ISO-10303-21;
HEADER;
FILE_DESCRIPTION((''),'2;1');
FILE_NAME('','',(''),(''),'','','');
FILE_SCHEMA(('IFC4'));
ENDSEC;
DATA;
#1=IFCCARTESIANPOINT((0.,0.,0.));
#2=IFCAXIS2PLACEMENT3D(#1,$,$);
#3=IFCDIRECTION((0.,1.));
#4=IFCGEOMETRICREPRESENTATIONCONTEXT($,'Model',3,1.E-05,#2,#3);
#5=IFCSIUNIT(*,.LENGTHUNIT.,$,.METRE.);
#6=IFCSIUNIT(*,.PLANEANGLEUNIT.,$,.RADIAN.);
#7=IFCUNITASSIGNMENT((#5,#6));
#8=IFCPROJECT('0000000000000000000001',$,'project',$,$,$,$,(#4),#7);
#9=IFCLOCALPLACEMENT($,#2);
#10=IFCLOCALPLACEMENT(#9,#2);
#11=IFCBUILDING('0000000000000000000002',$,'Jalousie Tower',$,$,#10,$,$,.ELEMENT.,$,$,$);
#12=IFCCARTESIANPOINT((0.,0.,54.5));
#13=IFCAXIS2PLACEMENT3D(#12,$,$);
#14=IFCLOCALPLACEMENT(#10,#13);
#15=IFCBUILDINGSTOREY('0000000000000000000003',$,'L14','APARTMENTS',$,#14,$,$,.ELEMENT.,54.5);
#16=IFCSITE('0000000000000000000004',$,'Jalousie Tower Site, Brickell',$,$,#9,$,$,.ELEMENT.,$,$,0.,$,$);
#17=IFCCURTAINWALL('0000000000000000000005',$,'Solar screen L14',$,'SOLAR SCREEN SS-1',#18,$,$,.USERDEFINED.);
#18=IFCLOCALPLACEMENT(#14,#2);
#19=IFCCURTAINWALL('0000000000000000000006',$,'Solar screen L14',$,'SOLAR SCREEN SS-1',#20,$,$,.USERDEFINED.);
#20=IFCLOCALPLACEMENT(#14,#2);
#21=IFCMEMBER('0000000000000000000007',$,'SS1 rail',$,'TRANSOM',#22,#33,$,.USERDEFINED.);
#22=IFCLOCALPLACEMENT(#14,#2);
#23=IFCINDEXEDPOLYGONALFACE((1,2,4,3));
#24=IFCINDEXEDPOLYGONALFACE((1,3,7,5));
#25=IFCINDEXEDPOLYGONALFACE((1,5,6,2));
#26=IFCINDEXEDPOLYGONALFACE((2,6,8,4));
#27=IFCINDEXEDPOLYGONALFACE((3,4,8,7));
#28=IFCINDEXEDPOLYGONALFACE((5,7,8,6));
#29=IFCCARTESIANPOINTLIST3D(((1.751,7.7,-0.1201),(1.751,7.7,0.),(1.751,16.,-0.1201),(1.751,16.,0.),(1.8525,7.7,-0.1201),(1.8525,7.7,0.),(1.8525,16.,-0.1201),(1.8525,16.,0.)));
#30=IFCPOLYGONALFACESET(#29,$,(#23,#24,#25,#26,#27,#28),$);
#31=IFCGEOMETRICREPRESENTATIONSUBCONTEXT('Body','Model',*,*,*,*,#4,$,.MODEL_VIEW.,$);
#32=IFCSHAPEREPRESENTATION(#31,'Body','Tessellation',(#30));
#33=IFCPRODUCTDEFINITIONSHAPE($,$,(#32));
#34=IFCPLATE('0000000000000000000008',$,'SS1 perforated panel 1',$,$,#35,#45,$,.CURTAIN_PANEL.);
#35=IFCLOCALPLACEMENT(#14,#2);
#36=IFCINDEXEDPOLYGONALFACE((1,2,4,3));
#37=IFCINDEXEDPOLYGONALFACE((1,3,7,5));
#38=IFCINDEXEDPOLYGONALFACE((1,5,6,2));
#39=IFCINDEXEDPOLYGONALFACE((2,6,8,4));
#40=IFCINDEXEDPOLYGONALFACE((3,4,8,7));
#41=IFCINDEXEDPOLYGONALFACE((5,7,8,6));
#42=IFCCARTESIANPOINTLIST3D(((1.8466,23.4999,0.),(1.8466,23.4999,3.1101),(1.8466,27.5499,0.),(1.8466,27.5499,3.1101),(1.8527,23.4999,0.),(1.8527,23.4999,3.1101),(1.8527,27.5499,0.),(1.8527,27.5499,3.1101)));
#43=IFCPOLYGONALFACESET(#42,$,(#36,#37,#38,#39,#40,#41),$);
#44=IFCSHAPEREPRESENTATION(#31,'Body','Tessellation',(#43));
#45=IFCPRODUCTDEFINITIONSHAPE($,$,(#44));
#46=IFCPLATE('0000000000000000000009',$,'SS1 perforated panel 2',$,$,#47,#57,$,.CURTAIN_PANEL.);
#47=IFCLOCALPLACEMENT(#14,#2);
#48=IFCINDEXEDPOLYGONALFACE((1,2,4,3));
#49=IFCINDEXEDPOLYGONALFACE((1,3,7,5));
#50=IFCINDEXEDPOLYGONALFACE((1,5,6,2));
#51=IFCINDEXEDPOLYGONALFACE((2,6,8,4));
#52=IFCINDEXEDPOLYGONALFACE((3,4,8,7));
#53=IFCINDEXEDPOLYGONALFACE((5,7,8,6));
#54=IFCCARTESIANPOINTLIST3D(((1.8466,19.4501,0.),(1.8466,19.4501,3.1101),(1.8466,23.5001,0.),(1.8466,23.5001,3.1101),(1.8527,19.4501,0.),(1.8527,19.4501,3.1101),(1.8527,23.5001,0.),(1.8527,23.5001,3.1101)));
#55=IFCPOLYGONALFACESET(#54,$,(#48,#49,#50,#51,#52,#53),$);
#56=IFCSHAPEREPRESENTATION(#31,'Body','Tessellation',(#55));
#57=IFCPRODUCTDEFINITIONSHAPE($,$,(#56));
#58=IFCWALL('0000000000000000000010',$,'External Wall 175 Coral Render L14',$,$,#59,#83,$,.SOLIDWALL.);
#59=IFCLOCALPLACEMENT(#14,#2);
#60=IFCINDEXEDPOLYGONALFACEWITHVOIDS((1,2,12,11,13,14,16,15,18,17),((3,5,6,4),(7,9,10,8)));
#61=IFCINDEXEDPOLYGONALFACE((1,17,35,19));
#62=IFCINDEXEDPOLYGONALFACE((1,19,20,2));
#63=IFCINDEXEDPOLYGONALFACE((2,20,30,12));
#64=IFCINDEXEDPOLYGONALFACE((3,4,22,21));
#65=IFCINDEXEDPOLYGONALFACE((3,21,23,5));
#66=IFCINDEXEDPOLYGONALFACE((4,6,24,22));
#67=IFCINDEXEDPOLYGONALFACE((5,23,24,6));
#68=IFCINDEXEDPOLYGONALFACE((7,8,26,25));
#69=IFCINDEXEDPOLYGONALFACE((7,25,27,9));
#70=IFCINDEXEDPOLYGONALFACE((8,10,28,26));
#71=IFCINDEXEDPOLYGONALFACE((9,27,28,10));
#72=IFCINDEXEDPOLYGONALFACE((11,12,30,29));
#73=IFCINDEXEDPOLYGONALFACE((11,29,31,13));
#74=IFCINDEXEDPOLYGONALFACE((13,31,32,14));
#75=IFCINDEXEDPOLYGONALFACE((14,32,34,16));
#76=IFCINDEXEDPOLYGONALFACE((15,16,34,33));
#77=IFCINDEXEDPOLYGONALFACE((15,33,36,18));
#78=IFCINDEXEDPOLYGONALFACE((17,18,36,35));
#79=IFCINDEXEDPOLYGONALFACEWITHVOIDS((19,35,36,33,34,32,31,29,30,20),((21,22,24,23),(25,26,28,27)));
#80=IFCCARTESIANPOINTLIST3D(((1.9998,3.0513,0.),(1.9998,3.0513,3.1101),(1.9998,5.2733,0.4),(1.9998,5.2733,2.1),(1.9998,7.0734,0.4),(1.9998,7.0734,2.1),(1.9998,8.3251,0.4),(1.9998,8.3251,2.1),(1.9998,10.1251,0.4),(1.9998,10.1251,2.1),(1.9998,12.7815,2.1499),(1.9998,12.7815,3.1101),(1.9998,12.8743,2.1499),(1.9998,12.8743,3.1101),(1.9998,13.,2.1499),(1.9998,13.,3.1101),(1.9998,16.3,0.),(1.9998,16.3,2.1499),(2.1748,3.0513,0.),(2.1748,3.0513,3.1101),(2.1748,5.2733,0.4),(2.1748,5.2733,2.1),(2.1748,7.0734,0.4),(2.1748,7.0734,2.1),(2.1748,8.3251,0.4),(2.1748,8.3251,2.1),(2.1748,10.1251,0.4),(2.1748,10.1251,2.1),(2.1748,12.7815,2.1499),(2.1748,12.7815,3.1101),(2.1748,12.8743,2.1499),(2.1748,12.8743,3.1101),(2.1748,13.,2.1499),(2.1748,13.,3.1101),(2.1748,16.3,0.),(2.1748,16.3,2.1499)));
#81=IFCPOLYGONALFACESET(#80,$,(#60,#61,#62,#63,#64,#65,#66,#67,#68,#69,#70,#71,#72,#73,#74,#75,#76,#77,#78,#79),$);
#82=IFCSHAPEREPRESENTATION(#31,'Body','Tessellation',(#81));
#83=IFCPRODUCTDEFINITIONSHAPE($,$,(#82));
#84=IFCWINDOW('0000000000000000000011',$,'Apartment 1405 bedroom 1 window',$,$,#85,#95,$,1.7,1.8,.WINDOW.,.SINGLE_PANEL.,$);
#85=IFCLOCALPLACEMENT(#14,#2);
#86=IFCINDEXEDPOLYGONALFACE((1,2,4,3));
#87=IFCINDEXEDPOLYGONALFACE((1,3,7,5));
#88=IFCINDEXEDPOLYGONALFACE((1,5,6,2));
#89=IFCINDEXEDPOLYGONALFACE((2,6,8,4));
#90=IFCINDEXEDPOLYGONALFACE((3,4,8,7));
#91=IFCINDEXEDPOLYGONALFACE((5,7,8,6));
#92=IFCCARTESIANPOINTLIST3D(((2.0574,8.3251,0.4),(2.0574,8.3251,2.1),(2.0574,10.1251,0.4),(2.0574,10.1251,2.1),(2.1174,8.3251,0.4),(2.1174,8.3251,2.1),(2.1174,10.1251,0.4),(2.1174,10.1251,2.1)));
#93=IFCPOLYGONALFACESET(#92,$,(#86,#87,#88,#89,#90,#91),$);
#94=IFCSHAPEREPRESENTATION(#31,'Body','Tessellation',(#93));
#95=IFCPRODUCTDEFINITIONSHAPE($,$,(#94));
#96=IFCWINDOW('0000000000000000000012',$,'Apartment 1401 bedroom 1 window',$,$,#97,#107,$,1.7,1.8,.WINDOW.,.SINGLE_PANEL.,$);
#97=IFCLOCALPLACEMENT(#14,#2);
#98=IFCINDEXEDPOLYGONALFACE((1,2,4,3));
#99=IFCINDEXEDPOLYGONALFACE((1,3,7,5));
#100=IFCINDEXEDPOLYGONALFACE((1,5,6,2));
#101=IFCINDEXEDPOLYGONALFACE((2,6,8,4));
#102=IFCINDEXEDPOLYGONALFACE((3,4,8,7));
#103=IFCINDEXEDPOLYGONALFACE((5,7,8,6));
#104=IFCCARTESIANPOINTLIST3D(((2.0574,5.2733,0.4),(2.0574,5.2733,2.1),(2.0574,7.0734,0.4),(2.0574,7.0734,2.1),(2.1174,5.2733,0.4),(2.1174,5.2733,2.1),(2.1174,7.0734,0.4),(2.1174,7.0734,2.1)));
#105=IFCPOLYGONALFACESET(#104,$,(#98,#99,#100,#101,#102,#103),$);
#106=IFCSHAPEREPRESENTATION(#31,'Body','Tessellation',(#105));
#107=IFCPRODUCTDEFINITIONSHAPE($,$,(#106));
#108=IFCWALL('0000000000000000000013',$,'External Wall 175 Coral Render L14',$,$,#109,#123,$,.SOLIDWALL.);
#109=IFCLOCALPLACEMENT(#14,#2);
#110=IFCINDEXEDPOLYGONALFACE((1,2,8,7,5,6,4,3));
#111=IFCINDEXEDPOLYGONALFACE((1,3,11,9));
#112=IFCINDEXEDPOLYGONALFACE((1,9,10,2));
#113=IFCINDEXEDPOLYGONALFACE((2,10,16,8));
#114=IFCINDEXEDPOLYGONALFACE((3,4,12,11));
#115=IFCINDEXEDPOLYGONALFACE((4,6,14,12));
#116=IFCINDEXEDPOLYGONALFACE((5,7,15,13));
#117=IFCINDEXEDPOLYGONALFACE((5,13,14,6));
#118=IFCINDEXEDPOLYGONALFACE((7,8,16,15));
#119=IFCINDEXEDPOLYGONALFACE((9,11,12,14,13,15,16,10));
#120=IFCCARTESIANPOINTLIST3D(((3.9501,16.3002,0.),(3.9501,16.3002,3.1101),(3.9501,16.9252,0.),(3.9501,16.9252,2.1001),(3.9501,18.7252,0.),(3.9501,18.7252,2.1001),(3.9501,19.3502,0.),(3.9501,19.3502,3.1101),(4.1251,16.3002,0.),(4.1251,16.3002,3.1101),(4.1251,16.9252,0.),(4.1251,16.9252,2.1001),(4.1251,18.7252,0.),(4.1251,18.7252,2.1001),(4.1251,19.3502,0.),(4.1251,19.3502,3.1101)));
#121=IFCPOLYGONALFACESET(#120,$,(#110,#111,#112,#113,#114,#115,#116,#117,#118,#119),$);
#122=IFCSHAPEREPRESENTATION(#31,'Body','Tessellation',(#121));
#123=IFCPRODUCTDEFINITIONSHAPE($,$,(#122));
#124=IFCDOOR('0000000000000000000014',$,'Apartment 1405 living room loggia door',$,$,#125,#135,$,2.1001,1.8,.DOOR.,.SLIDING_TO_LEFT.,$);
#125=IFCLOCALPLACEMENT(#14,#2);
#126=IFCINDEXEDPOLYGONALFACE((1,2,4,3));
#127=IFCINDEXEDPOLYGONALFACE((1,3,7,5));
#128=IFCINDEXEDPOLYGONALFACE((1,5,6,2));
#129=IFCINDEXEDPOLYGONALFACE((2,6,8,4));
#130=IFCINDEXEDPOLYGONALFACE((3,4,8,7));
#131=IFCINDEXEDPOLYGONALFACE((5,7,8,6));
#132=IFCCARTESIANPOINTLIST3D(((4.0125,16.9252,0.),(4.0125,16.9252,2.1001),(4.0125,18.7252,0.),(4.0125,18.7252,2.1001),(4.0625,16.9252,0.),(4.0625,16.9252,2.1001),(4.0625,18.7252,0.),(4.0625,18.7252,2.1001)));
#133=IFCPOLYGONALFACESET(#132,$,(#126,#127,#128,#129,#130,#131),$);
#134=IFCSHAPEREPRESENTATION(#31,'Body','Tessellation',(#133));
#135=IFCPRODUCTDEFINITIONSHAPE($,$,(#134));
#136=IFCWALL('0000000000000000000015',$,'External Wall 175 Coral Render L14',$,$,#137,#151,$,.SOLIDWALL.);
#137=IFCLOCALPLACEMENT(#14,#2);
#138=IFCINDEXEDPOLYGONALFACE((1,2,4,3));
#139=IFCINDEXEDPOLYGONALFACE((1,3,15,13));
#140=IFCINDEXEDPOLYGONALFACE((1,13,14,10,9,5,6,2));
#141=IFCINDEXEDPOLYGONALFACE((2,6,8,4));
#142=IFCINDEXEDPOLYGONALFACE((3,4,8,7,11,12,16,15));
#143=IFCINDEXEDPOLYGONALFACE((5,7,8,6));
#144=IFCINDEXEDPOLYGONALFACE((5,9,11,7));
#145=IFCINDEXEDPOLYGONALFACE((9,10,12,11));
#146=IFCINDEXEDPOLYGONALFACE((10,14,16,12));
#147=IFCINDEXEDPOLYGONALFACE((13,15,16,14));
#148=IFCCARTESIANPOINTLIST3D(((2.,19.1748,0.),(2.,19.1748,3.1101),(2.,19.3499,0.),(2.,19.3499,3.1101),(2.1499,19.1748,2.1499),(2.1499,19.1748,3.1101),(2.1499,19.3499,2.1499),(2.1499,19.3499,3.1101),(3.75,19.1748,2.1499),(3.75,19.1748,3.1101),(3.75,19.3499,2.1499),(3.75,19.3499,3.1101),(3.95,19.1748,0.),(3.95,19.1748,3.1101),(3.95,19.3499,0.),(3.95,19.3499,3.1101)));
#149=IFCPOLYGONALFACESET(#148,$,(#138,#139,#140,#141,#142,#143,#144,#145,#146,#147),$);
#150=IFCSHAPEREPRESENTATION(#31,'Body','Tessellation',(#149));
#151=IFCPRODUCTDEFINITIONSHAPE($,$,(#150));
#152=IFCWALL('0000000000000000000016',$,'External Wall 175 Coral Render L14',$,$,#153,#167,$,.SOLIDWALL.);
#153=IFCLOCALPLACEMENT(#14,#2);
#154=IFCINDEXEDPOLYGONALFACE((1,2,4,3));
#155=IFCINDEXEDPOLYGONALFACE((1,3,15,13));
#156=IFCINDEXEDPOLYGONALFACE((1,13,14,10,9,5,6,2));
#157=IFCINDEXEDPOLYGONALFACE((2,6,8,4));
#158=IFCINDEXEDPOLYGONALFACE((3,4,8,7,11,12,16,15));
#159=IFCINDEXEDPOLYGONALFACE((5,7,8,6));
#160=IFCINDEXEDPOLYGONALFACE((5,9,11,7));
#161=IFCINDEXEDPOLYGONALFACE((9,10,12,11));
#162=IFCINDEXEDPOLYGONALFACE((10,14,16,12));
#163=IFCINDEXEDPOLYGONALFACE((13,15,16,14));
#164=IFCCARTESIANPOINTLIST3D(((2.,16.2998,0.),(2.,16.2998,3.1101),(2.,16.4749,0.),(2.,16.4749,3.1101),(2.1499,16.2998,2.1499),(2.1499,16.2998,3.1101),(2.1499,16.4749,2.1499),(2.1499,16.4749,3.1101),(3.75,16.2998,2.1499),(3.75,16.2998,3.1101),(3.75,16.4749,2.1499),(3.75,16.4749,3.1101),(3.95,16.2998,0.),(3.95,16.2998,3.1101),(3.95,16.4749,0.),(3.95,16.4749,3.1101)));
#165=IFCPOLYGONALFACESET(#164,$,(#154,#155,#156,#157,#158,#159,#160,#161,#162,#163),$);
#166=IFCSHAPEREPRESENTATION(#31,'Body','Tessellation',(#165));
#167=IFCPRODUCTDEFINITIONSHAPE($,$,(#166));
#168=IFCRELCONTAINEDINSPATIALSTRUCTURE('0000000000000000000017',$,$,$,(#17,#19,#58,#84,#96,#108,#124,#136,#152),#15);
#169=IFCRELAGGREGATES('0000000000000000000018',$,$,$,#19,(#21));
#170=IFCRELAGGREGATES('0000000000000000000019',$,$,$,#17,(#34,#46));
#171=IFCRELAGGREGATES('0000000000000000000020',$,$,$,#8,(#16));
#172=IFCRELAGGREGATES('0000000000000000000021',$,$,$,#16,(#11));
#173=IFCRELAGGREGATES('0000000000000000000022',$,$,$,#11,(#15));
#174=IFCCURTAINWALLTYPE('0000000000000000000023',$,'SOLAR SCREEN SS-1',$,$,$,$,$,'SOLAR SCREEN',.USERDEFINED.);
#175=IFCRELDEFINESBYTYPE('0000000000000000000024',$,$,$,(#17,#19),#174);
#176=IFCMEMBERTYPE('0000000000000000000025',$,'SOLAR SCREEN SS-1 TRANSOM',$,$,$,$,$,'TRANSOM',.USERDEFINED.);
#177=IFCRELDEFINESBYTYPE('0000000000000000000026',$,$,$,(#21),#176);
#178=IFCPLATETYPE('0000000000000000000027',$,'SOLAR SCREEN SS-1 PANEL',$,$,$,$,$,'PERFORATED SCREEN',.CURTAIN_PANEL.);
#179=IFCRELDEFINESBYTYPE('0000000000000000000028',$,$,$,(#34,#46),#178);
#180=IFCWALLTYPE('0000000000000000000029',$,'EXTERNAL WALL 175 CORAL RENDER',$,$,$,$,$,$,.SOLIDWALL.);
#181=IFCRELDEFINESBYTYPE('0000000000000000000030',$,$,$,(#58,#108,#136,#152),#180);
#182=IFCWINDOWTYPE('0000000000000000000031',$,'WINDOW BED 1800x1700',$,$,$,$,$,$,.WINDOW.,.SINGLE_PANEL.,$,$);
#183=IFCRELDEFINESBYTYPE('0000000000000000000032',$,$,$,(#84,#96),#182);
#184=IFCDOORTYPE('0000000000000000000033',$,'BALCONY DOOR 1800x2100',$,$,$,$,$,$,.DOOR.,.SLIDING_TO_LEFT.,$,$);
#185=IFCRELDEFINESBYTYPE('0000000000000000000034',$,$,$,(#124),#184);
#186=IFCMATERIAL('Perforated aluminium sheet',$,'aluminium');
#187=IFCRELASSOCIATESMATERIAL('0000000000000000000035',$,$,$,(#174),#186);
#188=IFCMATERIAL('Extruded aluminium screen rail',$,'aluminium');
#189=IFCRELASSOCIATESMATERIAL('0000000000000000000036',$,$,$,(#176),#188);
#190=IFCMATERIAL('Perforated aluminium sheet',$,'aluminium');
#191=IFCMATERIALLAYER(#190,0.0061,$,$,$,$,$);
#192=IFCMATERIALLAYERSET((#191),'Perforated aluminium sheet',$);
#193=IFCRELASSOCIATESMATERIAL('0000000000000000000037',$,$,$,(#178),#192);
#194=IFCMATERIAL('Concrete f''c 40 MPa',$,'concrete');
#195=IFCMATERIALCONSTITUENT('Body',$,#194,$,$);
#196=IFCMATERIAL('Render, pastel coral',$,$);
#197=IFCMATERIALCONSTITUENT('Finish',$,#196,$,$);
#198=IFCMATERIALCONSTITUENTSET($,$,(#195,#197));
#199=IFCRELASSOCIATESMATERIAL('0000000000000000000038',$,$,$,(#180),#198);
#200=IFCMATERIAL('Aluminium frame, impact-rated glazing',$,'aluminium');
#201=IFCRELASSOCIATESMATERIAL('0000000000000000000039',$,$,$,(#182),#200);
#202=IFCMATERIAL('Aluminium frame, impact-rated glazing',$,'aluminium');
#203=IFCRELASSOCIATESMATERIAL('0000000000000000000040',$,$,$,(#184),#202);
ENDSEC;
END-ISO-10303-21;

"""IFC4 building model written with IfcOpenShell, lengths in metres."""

from ifc_helpers import new_model, si_unit, direction, frame, frame_2d, origin, origin_2d, place, context, subcontext, project, spatial, polyline, rectangle, outline, extrude, material, layer, layer_set, constituent, constituent_set, material_profile, profile_set, type_object, element, fill, aggregate, save


model = new_model("IFC4")

# Units and contexts
model_context = context("Model", 3, precision=1e-05, world=origin(), true_north=direction((0.0, 1.0)))
body_context = subcontext(model_context, "Body", "Model", "MODEL_VIEW")
ifc_project = project(units=[si_unit("LENGTHUNIT", "METRE"), si_unit("PLANEANGLEUNIT", "RADIAN")], contexts=[model_context])

# Site, building, storey
site_placement = place(None, origin())
site = spatial("IfcSite", under=ifc_project, at=site_placement, Name="Jalousie Tower Site, Brickell", CompositionType="ELEMENT", RefElevation=0.0)
building_placement = place(site_placement, origin())
building = spatial("IfcBuilding", under=site, at=building_placement, Name="Jalousie Tower", CompositionType="ELEMENT")
storey_placement = place(building_placement, frame((0.0, 0.0, 54.5)))
storey = spatial("IfcBuildingStorey", under=building, at=storey_placement, Name="L14", Description="APARTMENTS", CompositionType="ELEMENT", Elevation=54.5)

# Curtain wall
ifc_material_1 = material(Name="Perforated aluminium sheet", Category="aluminium")
curtain_wall_type = type_object("IfcCurtainWallType", Name="SOLAR SCREEN SS-1", ElementType="SOLAR SCREEN", PredefinedType="USERDEFINED", material=ifc_material_1)
curtain_wall_1_placement = place(storey_placement, origin())
curtain_wall_1 = element("IfcCurtainWall", 1, at=curtain_wall_1_placement, inside=storey, type_object=curtain_wall_type, Name="Solar screen L14", ObjectType="SOLAR SCREEN SS-1", PredefinedType="USERDEFINED")

# Curtain wall
curtain_wall_2_placement = place(storey_placement, origin())
curtain_wall_2 = element("IfcCurtainWall", 2, at=curtain_wall_2_placement, inside=storey, type_object=curtain_wall_type, Name="Solar screen L14", ObjectType="SOLAR SCREEN SS-1", PredefinedType="USERDEFINED")

# Member
ifc_material_2 = material(Name="Extruded aluminium screen rail", Category="aluminium")
ifc_material_profile_1 = material_profile(ifc_material_2, rectangle(XDim=0.1016, YDim=0.1201, at=origin_2d()), Name="RAIL 102x120")
ifc_profile_set_1 = profile_set([ifc_material_profile_1], Name="Extruded aluminium screen rail")
member_type_1 = type_object("IfcMemberType", Name="SOLAR SCREEN SS-1 TRANSOM", ElementType="TRANSOM", PredefinedType="USERDEFINED", material=ifc_profile_set_1)
member_1_placement = place(storey_placement, frame((1.8018, 16.0, -0.0601), z_axis=(0.0, -1.0, 0.0), x_axis=(1.0, 0.0, 0.0)))
member_1 = element("IfcMember", 3, at=member_1_placement, type_object=member_type_1, Name="SS1 rail", ObjectType="TRANSOM", PredefinedType="USERDEFINED", context=body_context, shape_type="SweptSolid", body=[
    extrude(rectangle(XDim=0.1016, YDim=0.1201, at=origin_2d()), origin(), (0.0, 0.0, 1.0), 8.3),
])
aggregate(curtain_wall_2, [member_1])

# Plates
ifc_material_3 = material(Name="Perforated aluminium sheet", Category="aluminium")
ifc_layer_1 = layer(ifc_material_3, 0.0061)
ifc_layer_set_1 = layer_set([ifc_layer_1], Name="Perforated aluminium sheet")
plate_type = type_object("IfcPlateType", Name="SOLAR SCREEN SS-1 PANEL", ElementType="PERFORATED SCREEN", PredefinedType="CURTAIN_PANEL", material=ifc_layer_set_1)
plate_1_placement = place(storey_placement, frame((1.8496, 25.5249, 0.0), z_axis=(0.0, 0.0, 1.0), x_axis=(0.0, -1.0, 0.0)))
plate_1 = element("IfcPlate", 4, at=plate_1_placement, type_object=plate_type, Name="SS1 perforated panel 1", PredefinedType="CURTAIN_PANEL", context=body_context, shape_type="SweptSolid", body=[
    extrude(rectangle(XDim=4.05, YDim=0.0061, at=origin_2d()), origin(), (0.0, 0.0, 1.0), 3.1101),
])
plate_2_placement = place(storey_placement, frame((1.8496, 21.4751, 0.0), z_axis=(0.0, 0.0, 1.0), x_axis=(0.0, -1.0, 0.0)))
plate_2 = element("IfcPlate", 5, at=plate_2_placement, type_object=plate_type, Name="SS1 perforated panel 2", PredefinedType="CURTAIN_PANEL", context=body_context, shape_type="SweptSolid", body=[
    extrude(rectangle(XDim=4.05, YDim=0.0061, at=origin_2d()), origin(), (0.0, 0.0, 1.0), 3.1101),
])
aggregate(curtain_wall_1, [plate_1, plate_2])

# Wall, openings, windows
ifc_material_4 = material(Name="Concrete f'c 40 MPa", Category="concrete")
ifc_constituent_1 = constituent(ifc_material_4, Name="Body")
ifc_material_5 = material(Name="Render, pastel coral")
ifc_constituent_2 = constituent(ifc_material_5, Name="Finish")
ifc_constituent_set_1 = constituent_set(constituents=[ifc_constituent_1, ifc_constituent_2])
wall_type_1 = type_object("IfcWallType", Name="EXTERNAL WALL 175 CORAL RENDER", PredefinedType="SOLIDWALL", material=ifc_constituent_set_1)
wall_1_placement = place(storey_placement, frame((2.0874, 16.3, 0.0), z_axis=(0.0, 0.0, 1.0), x_axis=(0.0, -1.0, 0.0)))
wall_1 = element("IfcWall", 6, at=wall_1_placement, inside=storey, type_object=wall_type_1, Name="External Wall 175 Coral Render L14", PredefinedType="SOLIDWALL", context=body_context, shape_type="SweptSolid", body=[
    extrude(outline(polyline([(0.0, 0.0), (13.2488, 0.0), (13.2488, 3.1101), (3.5186, 3.1101), (3.5186, 2.1499), (3.4258, 2.1499), (3.4258, 3.1101), (3.3, 3.1101), (3.3, 2.1499), (0.0, 2.1499), (0.0, 0.0)])), frame((0.0, 0.0874, 0.0), z_axis=(0.0, -1.0, 0.0), x_axis=(1.0, 0.0, 0.0)), (0.0, 0.0, 1.0), 0.175),
])
opening_1_placement = place(wall_1_placement, frame((6.175, 0.0, 0.3999)))
opening_1 = element("IfcOpeningElement", 7, at=opening_1_placement, cuts=wall_1, PredefinedType="OPENING", context=body_context, shape_type="SweptSolid", body=[
    extrude(rectangle(XDim=1.8, YDim=1.7, at=frame_2d((0.8999, 0.8501))), frame((0.0, 0.0974, 0.0), z_axis=(0.0, -1.0, 0.0), x_axis=(1.0, 0.0, 0.0)), (0.0, 0.0, 1.0), 0.1951),
])
opening_2_placement = place(wall_1_placement, frame((9.2268, 0.0, 0.3999)))
opening_2 = element("IfcOpeningElement", 8, at=opening_2_placement, cuts=wall_1, PredefinedType="OPENING", context=body_context, shape_type="SweptSolid", body=[
    extrude(rectangle(XDim=1.8, YDim=1.7, at=frame_2d((0.8999, 0.8501))), frame((0.0, 0.0974, 0.0), z_axis=(0.0, -1.0, 0.0), x_axis=(1.0, 0.0, 0.0)), (0.0, 0.0, 1.0), 0.1951),
])
ifc_material_6 = material(Name="Aluminium frame, impact-rated glazing", Category="aluminium")
window_type = type_object("IfcWindowType", Name="WINDOW BED 1800x1700", PartitioningType="SINGLE_PANEL", PredefinedType="WINDOW", material=ifc_material_6)
window_1_placement = place(opening_1_placement, origin())
window_1 = element("IfcWindow", 9, at=window_1_placement, inside=storey, type_object=window_type, Name="Apartment 1405 bedroom 1 window", OverallHeight=1.7, OverallWidth=1.8, PartitioningType="SINGLE_PANEL", PredefinedType="WINDOW", context=body_context, shape_type="SweptSolid", body=[
    extrude(rectangle(XDim=1.8, YDim=1.7, at=frame_2d((0.8999, 0.8501))), frame((0.0, 0.03, 0.0), z_axis=(0.0, -1.0, 0.0), x_axis=(1.0, 0.0, 0.0)), (0.0, 0.0, 1.0), 0.0601),
])
fill(opening_1, window_1)
window_2_placement = place(opening_2_placement, origin())
window_2 = element("IfcWindow", 10, at=window_2_placement, inside=storey, type_object=window_type, Name="Apartment 1401 bedroom 1 window", OverallHeight=1.7, OverallWidth=1.8, PartitioningType="SINGLE_PANEL", PredefinedType="WINDOW", context=body_context, shape_type="SweptSolid", body=[
    extrude(rectangle(XDim=1.8, YDim=1.7, at=frame_2d((0.8999, 0.8501))), frame((0.0, 0.03, 0.0), z_axis=(0.0, -1.0, 0.0), x_axis=(1.0, 0.0, 0.0)), (0.0, 0.0, 1.0), 0.0601),
])
fill(opening_2, window_2)

# Wall, opening, door
wall_2_placement = place(storey_placement, frame((4.0376, 19.3501, 0.0), z_axis=(0.0, 0.0, 1.0), x_axis=(0.0, -1.0, 0.0)))
wall_2 = element("IfcWall", 11, at=wall_2_placement, inside=storey, type_object=wall_type_1, Name="External Wall 175 Coral Render L14", PredefinedType="SOLIDWALL", context=body_context, shape_type="SweptSolid", body=[
    extrude(rectangle(XDim=3.05, YDim=0.175, at=frame_2d((1.5249, 0.0))), origin(), (0.0, 0.0, 1.0), 3.1101),
])
opening_3_placement = place(wall_2_placement, frame((0.625, 0.0, 0.0)))
opening_3 = element("IfcOpeningElement", 12, at=opening_3_placement, cuts=wall_2, PredefinedType="OPENING", context=body_context, shape_type="SweptSolid", body=[
    extrude(rectangle(XDim=1.8, YDim=2.1001, at=frame_2d((0.8999, 1.05))), frame((0.0, 0.0974, 0.0), z_axis=(0.0, -1.0, 0.0), x_axis=(1.0, 0.0, 0.0)), (0.0, 0.0, 1.0), 0.1951),
])
ifc_material_7 = material(Name="Aluminium frame, impact-rated glazing", Category="aluminium")
door_type_1 = type_object("IfcDoorType", Name="BALCONY DOOR 1800x2100", OperationType="SLIDING_TO_LEFT", PredefinedType="DOOR", material=ifc_material_7)
door_1_placement = place(opening_3_placement, origin())
door_1 = element("IfcDoor", 13, at=door_1_placement, inside=storey, type_object=door_type_1, Name="Apartment 1405 living room loggia door", OperationType="SLIDING_TO_LEFT", OverallHeight=2.1001, OverallWidth=1.8, PredefinedType="DOOR", context=body_context, shape_type="SweptSolid", body=[
    extrude(rectangle(XDim=1.8, YDim=2.1001, at=frame_2d((0.8999, 1.05))), frame((0.0, 0.0249, 0.0), z_axis=(0.0, -1.0, 0.0), x_axis=(1.0, 0.0, 0.0)), (0.0, 0.0, 1.0), 0.05),
])
fill(opening_3, door_1)

# Walls
for number, where, z_axis, x_axis, name in (
    (14, (2.0, 19.2625, 0.0), (0.0, 0.0, 1.0), (1.0, 0.0, 0.0), "External Wall 175 Coral Render L14"),
    (15, (2.0, 16.3875, 0.0), (0.0, 0.0, 1.0), (1.0, 0.0, 0.0), "External Wall 175 Coral Render L14"),
):
    element("IfcWall", number, at=place(storey_placement, frame(where, z_axis=z_axis, x_axis=x_axis)), inside=storey, type_object=wall_type_1, Name=name, PredefinedType="SOLIDWALL", context=body_context, shape_type="SweptSolid", body=[
        extrude(outline(polyline([(0.0, 0.0), (1.95, 0.0), (1.95, 3.1101), (1.75, 3.1101), (1.75, 2.1499), (0.1499, 2.1499), (0.1499, 3.1101), (0.0, 3.1101), (0.0, 0.0)])), frame((0.0, 0.0874, 0.0), z_axis=(0.0, -1.0, 0.0), x_axis=(1.0, 0.0, 0.0)), (0.0, 0.0, 1.0), 0.175),
    ])

save(model, "model.ifc")
